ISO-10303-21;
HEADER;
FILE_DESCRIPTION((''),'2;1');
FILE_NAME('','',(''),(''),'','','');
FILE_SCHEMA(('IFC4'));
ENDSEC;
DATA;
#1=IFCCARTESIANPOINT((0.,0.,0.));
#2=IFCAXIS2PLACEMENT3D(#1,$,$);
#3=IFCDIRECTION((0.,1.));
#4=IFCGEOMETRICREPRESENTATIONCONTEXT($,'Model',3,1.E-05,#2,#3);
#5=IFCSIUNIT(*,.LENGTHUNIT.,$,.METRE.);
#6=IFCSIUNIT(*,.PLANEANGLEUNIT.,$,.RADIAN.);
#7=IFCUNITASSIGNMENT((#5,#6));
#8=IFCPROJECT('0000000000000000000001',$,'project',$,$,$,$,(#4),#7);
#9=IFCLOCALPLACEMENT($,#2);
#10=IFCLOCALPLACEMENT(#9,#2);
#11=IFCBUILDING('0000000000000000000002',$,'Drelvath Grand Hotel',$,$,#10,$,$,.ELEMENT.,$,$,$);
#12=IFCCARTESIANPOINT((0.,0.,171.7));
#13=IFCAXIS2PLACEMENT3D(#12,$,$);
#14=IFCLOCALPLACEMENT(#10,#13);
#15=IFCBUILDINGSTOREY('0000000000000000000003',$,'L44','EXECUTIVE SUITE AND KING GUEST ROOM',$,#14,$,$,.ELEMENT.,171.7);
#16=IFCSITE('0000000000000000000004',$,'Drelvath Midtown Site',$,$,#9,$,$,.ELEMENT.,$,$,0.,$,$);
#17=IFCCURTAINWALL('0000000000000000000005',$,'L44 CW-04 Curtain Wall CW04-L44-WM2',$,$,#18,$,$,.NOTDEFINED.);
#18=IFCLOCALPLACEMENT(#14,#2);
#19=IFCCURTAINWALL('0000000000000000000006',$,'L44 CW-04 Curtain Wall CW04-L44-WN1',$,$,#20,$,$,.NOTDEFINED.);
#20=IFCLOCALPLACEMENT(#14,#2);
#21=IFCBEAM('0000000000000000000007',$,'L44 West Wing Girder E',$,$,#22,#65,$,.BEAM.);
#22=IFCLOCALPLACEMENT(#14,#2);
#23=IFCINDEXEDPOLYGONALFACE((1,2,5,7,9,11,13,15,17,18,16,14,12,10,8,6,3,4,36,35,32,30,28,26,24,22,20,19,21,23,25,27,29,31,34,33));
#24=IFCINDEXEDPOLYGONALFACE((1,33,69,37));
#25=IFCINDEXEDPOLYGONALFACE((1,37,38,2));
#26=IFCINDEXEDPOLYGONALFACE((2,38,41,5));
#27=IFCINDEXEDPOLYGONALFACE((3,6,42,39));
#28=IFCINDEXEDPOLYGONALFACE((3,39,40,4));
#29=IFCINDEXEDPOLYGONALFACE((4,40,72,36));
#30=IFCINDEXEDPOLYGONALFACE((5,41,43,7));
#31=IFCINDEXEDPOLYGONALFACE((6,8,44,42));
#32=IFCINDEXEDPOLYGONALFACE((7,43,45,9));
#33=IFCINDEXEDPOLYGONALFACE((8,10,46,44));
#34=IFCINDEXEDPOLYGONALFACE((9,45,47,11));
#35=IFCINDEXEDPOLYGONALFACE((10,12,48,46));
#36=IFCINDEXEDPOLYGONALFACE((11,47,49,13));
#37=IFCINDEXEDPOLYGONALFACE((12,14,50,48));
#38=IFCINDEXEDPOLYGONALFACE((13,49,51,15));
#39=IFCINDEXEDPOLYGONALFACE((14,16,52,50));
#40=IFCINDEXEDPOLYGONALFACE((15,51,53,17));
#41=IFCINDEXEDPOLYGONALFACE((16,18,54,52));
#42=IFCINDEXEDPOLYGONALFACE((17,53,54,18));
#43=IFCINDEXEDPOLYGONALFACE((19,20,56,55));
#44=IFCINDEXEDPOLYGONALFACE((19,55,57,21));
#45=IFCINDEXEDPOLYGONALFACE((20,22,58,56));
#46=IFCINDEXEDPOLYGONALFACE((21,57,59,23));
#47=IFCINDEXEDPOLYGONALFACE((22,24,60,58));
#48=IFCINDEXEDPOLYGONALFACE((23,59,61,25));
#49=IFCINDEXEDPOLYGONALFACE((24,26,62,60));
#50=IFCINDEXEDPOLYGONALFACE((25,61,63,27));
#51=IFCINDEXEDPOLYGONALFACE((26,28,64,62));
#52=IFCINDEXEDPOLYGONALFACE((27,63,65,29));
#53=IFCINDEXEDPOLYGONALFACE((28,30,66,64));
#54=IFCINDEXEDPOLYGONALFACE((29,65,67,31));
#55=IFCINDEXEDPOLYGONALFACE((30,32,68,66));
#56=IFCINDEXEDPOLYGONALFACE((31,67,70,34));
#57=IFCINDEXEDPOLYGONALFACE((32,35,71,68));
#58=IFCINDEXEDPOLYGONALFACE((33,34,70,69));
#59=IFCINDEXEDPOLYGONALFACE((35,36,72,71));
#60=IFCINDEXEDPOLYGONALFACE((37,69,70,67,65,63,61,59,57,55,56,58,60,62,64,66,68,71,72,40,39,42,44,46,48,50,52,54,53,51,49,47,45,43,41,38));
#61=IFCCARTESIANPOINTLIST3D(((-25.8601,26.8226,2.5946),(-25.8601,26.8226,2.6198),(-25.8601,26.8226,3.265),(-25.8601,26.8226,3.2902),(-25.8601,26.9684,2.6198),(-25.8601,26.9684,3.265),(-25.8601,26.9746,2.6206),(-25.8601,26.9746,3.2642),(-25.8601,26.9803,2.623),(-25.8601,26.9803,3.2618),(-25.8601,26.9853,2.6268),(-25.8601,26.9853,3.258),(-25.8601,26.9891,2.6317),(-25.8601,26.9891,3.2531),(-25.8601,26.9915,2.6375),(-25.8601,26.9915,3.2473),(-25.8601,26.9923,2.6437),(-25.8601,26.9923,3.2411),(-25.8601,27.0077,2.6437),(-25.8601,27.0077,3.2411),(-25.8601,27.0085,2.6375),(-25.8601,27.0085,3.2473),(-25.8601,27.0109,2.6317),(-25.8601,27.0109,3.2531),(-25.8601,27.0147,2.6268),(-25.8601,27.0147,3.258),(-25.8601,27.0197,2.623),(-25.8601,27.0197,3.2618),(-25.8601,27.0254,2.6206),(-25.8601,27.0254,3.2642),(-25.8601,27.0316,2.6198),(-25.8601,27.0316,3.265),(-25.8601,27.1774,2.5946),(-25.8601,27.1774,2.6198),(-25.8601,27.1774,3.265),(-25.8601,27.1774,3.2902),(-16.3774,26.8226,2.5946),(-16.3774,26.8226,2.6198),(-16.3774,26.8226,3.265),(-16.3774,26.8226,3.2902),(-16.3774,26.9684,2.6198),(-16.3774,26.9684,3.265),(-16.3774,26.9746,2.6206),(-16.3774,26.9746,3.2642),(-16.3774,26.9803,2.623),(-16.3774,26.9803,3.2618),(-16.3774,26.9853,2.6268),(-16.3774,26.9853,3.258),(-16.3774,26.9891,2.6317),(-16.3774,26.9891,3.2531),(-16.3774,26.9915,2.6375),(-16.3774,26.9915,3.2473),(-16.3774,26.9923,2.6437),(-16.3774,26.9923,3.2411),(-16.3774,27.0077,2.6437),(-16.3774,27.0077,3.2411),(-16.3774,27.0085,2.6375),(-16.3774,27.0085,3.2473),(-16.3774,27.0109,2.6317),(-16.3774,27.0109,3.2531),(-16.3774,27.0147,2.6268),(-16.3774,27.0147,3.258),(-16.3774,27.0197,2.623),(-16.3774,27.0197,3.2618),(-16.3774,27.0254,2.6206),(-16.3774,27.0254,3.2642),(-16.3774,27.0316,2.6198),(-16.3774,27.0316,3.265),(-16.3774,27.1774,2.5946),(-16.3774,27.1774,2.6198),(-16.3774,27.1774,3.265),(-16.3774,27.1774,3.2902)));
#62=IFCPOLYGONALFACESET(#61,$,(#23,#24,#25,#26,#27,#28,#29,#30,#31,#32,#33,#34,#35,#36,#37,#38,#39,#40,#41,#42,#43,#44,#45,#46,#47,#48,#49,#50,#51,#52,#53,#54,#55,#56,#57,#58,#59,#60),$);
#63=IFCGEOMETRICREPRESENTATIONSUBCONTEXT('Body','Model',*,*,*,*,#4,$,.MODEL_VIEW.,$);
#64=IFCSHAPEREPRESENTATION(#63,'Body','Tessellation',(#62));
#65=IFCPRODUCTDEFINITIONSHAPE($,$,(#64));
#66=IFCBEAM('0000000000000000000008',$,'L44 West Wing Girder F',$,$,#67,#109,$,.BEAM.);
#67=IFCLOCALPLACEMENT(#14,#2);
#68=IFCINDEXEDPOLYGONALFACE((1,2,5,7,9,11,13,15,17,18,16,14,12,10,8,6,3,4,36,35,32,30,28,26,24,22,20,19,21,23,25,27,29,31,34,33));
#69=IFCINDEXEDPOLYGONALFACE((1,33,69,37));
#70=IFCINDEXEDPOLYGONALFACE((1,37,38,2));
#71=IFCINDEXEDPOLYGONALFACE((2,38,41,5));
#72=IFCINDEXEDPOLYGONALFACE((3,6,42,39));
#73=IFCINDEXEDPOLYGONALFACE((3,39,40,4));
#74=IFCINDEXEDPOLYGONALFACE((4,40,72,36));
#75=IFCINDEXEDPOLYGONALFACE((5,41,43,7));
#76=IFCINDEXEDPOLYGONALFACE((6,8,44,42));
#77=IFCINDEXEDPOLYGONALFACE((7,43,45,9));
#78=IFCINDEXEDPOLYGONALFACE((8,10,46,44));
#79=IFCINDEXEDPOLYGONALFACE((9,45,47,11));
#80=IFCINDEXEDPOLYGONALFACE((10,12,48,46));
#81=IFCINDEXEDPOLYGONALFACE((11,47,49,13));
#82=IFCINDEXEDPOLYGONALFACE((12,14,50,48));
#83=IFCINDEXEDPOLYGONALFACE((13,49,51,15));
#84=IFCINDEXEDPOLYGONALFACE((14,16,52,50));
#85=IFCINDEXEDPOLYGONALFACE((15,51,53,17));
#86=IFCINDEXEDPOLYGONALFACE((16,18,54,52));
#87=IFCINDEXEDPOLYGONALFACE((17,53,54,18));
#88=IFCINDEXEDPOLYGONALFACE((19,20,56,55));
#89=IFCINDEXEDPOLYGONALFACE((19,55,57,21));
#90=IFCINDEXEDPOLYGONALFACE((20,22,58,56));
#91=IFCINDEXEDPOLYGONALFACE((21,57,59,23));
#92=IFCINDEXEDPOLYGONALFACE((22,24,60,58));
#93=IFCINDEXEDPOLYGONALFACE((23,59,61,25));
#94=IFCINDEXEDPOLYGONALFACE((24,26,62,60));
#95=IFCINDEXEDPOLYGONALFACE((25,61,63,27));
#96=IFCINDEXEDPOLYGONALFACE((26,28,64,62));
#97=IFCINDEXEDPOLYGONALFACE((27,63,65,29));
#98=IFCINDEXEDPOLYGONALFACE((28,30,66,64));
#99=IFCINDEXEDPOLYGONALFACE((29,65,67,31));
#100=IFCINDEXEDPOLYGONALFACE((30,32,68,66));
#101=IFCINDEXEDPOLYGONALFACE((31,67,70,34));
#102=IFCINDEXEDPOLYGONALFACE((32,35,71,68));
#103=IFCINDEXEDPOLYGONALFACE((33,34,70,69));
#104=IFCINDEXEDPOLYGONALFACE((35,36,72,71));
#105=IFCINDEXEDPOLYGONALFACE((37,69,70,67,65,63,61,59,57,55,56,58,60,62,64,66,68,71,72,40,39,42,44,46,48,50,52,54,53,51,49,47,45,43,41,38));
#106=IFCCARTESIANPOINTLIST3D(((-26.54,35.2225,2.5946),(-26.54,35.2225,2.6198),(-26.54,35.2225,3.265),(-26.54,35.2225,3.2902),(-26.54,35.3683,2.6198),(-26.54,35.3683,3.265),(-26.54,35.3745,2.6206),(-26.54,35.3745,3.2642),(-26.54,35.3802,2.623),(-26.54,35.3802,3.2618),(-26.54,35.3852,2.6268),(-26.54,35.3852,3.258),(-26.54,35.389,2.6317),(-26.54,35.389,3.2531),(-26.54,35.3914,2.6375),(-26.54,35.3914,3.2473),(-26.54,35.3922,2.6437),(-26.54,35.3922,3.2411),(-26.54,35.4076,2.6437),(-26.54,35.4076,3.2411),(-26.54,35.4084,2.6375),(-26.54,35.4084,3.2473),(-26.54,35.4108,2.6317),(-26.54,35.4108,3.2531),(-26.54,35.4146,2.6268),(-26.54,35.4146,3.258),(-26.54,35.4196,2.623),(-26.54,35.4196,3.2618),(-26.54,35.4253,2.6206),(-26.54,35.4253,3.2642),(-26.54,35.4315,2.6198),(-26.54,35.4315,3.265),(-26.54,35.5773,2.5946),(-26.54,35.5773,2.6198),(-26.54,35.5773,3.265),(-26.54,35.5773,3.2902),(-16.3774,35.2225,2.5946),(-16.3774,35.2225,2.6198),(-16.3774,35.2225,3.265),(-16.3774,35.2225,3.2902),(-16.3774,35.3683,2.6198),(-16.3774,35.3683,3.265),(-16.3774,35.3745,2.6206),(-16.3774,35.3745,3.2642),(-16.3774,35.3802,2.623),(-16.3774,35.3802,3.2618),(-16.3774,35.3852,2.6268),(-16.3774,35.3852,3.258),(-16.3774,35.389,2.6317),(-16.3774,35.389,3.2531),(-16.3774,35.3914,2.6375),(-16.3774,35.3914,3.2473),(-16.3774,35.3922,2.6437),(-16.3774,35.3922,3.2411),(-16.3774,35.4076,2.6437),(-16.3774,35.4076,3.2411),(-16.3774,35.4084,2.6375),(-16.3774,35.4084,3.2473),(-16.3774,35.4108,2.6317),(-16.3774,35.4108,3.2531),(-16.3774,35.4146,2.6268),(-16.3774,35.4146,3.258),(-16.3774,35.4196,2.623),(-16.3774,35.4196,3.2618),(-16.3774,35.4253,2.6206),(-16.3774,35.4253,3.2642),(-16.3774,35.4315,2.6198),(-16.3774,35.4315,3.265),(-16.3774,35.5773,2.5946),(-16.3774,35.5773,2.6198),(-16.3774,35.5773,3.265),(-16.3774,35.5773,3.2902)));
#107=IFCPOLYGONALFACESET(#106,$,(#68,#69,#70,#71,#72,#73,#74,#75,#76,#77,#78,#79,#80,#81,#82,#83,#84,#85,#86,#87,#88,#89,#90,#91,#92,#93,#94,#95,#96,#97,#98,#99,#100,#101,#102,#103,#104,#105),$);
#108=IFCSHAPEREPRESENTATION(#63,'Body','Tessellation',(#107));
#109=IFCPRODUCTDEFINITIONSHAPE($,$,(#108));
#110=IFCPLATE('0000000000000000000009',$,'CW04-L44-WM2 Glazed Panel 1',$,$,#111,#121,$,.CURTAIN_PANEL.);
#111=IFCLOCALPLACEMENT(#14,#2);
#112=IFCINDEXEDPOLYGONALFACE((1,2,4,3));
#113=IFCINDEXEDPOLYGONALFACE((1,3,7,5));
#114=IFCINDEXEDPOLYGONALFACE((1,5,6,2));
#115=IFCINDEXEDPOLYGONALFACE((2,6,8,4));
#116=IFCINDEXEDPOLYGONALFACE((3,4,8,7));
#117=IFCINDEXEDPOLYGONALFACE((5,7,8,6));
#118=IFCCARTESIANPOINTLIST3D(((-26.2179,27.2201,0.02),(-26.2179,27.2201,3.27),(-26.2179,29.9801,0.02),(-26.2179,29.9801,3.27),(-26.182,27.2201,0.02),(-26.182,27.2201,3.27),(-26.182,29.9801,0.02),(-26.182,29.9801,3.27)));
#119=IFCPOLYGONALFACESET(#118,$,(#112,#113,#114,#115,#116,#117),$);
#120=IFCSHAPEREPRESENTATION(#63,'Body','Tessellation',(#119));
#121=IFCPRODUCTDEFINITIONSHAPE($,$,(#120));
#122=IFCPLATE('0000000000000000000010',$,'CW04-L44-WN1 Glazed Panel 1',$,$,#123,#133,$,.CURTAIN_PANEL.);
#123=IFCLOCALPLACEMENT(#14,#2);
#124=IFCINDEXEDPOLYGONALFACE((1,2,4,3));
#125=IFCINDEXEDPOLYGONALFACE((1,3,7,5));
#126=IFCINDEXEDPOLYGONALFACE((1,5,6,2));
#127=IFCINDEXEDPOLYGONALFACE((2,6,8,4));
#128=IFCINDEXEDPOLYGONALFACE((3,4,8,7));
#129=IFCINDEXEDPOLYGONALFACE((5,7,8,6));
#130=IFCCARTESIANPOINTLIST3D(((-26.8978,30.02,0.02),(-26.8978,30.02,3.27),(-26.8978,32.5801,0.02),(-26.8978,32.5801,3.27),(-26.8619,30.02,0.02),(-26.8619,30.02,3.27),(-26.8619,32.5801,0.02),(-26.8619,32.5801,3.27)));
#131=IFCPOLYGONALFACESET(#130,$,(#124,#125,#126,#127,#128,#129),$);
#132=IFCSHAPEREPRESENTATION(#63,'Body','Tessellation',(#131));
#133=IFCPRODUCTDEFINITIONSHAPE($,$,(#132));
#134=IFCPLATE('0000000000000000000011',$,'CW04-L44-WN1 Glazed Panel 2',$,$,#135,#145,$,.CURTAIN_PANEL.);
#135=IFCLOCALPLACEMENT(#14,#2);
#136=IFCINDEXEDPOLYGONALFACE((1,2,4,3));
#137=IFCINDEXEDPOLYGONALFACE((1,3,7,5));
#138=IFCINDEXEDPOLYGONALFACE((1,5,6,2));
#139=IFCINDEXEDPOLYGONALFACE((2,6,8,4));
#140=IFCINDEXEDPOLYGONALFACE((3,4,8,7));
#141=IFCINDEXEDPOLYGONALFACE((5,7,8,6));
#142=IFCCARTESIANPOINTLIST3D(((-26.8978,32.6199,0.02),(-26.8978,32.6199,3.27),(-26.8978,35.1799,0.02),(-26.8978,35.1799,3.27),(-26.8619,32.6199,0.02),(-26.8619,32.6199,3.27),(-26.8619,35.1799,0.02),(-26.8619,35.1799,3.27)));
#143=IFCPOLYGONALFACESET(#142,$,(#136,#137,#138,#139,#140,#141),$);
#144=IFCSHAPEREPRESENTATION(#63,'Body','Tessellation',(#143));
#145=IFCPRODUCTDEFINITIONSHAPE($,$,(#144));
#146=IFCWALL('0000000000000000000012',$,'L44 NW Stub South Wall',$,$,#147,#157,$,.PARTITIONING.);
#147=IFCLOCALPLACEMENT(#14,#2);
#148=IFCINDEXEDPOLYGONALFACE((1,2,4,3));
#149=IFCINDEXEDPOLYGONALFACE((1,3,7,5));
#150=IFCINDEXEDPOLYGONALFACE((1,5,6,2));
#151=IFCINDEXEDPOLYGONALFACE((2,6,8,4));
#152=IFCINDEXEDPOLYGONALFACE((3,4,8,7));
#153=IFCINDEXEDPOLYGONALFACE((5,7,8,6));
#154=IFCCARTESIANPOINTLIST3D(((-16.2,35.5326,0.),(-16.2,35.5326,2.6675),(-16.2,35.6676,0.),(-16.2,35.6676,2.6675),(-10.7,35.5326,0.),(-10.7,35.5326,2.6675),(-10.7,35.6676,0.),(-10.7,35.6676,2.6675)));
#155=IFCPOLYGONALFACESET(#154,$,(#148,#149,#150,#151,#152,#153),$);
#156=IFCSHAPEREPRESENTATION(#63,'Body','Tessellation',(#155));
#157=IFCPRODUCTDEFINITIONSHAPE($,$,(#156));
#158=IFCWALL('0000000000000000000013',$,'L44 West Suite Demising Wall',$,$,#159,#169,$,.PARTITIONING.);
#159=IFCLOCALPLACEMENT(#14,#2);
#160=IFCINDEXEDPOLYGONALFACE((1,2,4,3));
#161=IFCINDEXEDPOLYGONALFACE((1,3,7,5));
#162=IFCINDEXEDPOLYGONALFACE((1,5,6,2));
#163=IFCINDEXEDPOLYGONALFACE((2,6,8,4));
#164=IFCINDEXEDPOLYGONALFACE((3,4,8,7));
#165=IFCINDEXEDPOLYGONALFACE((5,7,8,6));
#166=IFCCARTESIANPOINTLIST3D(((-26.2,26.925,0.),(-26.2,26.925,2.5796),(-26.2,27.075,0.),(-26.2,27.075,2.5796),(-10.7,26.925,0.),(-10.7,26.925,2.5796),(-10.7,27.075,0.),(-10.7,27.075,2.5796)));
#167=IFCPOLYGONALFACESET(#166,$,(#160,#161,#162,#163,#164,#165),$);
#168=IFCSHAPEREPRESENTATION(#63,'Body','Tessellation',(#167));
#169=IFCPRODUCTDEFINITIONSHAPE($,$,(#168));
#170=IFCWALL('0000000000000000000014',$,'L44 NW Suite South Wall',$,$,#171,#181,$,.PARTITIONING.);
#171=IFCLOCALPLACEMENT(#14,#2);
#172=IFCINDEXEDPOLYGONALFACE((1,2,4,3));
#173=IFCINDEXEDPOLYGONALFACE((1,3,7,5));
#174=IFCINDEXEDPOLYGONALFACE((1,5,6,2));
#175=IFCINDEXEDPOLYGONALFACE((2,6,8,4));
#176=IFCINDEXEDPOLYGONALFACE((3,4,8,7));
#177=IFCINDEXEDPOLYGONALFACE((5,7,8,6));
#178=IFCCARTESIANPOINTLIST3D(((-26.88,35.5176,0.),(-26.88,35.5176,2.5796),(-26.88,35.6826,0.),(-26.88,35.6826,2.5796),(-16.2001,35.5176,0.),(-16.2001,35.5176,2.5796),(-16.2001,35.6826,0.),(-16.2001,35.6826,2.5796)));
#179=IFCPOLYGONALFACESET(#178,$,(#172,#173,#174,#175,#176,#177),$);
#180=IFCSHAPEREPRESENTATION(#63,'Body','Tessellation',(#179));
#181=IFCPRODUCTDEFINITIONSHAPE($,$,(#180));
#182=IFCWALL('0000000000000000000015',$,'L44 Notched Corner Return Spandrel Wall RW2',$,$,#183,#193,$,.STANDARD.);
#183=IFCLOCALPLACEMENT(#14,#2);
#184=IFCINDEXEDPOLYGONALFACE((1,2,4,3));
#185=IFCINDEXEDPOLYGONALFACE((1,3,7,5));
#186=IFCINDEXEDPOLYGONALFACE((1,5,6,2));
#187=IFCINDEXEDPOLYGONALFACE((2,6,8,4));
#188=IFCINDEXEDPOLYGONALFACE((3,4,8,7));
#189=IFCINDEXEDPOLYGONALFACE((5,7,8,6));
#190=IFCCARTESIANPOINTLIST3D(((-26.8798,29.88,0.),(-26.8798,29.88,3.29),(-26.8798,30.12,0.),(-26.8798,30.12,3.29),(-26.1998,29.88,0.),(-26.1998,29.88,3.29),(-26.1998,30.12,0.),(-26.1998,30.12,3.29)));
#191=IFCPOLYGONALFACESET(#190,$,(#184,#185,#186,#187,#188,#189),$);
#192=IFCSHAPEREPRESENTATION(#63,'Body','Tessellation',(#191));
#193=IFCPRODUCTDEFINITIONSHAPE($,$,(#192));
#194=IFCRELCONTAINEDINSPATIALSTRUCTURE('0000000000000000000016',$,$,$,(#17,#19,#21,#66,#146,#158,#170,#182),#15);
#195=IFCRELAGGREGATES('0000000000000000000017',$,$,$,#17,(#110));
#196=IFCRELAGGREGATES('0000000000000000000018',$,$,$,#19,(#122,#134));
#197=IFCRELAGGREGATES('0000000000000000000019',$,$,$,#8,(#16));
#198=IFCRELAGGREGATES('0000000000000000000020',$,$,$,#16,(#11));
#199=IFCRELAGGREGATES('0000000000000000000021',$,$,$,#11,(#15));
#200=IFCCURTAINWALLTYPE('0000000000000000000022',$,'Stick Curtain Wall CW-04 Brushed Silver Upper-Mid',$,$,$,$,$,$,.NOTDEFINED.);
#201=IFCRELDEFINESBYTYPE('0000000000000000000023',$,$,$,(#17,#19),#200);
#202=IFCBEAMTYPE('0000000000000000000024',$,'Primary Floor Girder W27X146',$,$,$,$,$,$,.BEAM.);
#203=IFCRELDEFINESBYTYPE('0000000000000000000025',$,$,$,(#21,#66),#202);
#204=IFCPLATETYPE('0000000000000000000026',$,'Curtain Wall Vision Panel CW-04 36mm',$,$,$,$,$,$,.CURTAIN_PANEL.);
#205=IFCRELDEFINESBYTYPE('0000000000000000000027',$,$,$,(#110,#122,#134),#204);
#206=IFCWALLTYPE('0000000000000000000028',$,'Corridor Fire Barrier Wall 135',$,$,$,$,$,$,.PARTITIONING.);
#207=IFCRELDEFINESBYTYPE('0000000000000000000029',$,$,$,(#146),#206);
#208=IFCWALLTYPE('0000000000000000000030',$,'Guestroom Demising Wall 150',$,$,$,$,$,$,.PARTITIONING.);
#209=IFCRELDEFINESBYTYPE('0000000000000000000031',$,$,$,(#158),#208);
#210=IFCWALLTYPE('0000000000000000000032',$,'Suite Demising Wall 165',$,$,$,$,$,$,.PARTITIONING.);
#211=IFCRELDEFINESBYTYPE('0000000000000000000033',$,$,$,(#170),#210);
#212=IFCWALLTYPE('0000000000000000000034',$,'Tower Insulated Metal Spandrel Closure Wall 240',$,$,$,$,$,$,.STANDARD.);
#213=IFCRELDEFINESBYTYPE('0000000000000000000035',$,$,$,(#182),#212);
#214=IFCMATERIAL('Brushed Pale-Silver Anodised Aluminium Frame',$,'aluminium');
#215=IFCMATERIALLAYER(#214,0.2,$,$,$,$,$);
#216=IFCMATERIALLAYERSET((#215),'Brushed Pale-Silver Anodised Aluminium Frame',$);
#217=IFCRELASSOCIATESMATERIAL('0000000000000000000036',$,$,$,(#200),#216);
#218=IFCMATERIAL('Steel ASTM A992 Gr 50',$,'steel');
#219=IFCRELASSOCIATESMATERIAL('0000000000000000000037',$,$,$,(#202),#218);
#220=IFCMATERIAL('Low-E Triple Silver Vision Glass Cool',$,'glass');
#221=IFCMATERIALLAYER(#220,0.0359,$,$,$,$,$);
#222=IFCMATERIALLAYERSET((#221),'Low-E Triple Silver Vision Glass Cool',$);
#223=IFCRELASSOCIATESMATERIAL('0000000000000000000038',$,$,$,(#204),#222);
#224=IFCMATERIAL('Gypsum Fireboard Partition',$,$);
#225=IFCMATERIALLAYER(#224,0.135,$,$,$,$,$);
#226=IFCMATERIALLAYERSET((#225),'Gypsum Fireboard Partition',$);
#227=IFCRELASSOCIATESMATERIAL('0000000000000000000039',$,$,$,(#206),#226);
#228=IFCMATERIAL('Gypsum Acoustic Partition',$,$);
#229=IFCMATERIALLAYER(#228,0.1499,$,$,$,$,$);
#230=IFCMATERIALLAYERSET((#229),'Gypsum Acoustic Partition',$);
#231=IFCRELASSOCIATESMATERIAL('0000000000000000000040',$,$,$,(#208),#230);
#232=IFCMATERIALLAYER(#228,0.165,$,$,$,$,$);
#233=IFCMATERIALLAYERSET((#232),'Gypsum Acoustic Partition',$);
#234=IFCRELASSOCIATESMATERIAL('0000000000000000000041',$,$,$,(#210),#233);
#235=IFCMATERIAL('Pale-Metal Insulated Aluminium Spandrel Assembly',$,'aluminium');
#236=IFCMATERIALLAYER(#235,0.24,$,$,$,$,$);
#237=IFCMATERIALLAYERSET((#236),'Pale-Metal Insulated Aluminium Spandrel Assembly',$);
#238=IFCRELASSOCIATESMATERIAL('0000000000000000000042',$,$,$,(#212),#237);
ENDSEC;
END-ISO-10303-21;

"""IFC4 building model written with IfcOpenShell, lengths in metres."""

from ifc_helpers import new_model, si_unit, direction, frame, frame_2d, origin, origin_2d, place, context, subcontext, project, spatial, rectangle, i_section, extrude, material, layer, layer_set, material_profile, profile_set, type_object, element, aggregate, save


model = new_model("IFC4")

# Units and contexts
model_context = context("Model", 3, precision=1e-05, world=origin(), true_north=direction((0.0, 1.0)))
body_context = subcontext(model_context, "Body", "Model", "MODEL_VIEW")
ifc_project = project(units=[si_unit("LENGTHUNIT", "METRE"), si_unit("PLANEANGLEUNIT", "RADIAN")], contexts=[model_context])

# Site, building, storey
site_placement = place(None, origin())
site = spatial("IfcSite", under=ifc_project, at=site_placement, Name="Drelvath Midtown Site", CompositionType="ELEMENT", RefElevation=0.0)
building_placement = place(site_placement, origin())
building = spatial("IfcBuilding", under=site, at=building_placement, Name="Drelvath Grand Hotel", CompositionType="ELEMENT")
storey_placement = place(building_placement, frame((0.0, 0.0, 171.7)))
storey = spatial("IfcBuildingStorey", under=building, at=storey_placement, Name="L44", Description="EXECUTIVE SUITE AND KING GUEST ROOM", CompositionType="ELEMENT", Elevation=171.7)

# Curtain walls
ifc_material_1 = material(Name="Brushed Pale-Silver Anodised Aluminium Frame", Category="aluminium")
ifc_layer_1 = layer(ifc_material_1, 0.2)
ifc_layer_set_1 = layer_set([ifc_layer_1], Name="Brushed Pale-Silver Anodised Aluminium Frame")
curtain_wall_type = type_object("IfcCurtainWallType", Name="Stick Curtain Wall CW-04 Brushed Silver Upper-Mid", PredefinedType="NOTDEFINED", material=ifc_layer_set_1)
curtain_wall_1_placement = place(storey_placement, origin())
curtain_wall_1 = element("IfcCurtainWall", 1, at=curtain_wall_1_placement, inside=storey, type_object=curtain_wall_type, Name="L44 CW-04 Curtain Wall CW04-L44-WM2", PredefinedType="NOTDEFINED")
curtain_wall_2_placement = place(storey_placement, origin())
curtain_wall_2 = element("IfcCurtainWall", 2, at=curtain_wall_2_placement, inside=storey, type_object=curtain_wall_type, Name="L44 CW-04 Curtain Wall CW04-L44-WN1", PredefinedType="NOTDEFINED")

# Beams
ifc_material_2 = material(Name="Steel ASTM A992 Gr 50", Category="steel")
ifc_material_profile_1 = material_profile(ifc_material_2, i_section(OverallWidth=0.3547, OverallDepth=0.6956, WebThickness=0.0154, FlangeThickness=0.0251, FilletRadius=0.0239, at=origin_2d()), Name="W27X146")
ifc_profile_set_1 = profile_set([ifc_material_profile_1], Name="Steel ASTM A992 Gr 50")
beam_type_1 = type_object("IfcBeamType", Name="Primary Floor Girder W27X146", PredefinedType="BEAM", material=ifc_profile_set_1)
beam_1_placement = place(storey_placement, frame((-25.8601, 27.0, 2.9424), z_axis=(1.0, 0.0, 0.0), x_axis=(0.0, 1.0, 0.0)))
element("IfcBeam", 3, at=beam_1_placement, inside=storey, type_object=beam_type_1, Name="L44 West Wing Girder E", PredefinedType="BEAM", context=body_context, shape_type="SweptSolid", body=[
    extrude(i_section(OverallWidth=0.3547, OverallDepth=0.6956, WebThickness=0.0154, FlangeThickness=0.0251, FilletRadius=0.0239, at=origin_2d()), origin(), (0.0, 0.0, 1.0), 9.4827),
])
beam_2_placement = place(storey_placement, frame((-26.54, 35.3999, 2.9424), z_axis=(1.0, 0.0, 0.0), x_axis=(0.0, 1.0, 0.0)))
element("IfcBeam", 4, at=beam_2_placement, inside=storey, type_object=beam_type_1, Name="L44 West Wing Girder F", PredefinedType="BEAM", context=body_context, shape_type="SweptSolid", body=[
    extrude(i_section(OverallWidth=0.3547, OverallDepth=0.6956, WebThickness=0.0154, FlangeThickness=0.0251, FilletRadius=0.0239, at=origin_2d()), origin(), (0.0, 0.0, 1.0), 10.1626),
])

# Plates
ifc_material_3 = material(Name="Low-E Triple Silver Vision Glass Cool", Category="glass")
ifc_layer_2 = layer(ifc_material_3, 0.0359)
ifc_layer_set_2 = layer_set([ifc_layer_2], Name="Low-E Triple Silver Vision Glass Cool")
plate_type = type_object("IfcPlateType", Name="Curtain Wall Vision Panel CW-04 36mm", PredefinedType="CURTAIN_PANEL", material=ifc_layer_set_2)
plate_1_placement = place(storey_placement, frame((-26.2, 28.6001, 0.02), z_axis=(0.0, 0.0, 1.0), x_axis=(0.0, 1.0, 0.0)))
plate_1 = element("IfcPlate", 5, at=plate_1_placement, type_object=plate_type, Name="CW04-L44-WM2 Glazed Panel 1", PredefinedType="CURTAIN_PANEL", context=body_context, shape_type="SweptSolid", body=[
    extrude(rectangle(XDim=2.76, YDim=0.0359, at=origin_2d()), origin(), (0.0, 0.0, 1.0), 3.25),
])
aggregate(curtain_wall_1, [plate_1])
plate_2_placement = place(storey_placement, frame((-26.8799, 31.3, 0.02), z_axis=(0.0, 0.0, 1.0), x_axis=(0.0, 1.0, 0.0)))
plate_2 = element("IfcPlate", 6, at=plate_2_placement, type_object=plate_type, Name="CW04-L44-WN1 Glazed Panel 1", PredefinedType="CURTAIN_PANEL", context=body_context, shape_type="SweptSolid", body=[
    extrude(rectangle(XDim=2.5601, YDim=0.0359, at=origin_2d()), origin(), (0.0, 0.0, 1.0), 3.25),
])
plate_3_placement = place(storey_placement, frame((-26.8799, 33.8999, 0.02), z_axis=(0.0, 0.0, 1.0), x_axis=(0.0, 1.0, 0.0)))
plate_3 = element("IfcPlate", 7, at=plate_3_placement, type_object=plate_type, Name="CW04-L44-WN1 Glazed Panel 2", PredefinedType="CURTAIN_PANEL", context=body_context, shape_type="SweptSolid", body=[
    extrude(rectangle(XDim=2.5601, YDim=0.0359, at=origin_2d()), origin(), (0.0, 0.0, 1.0), 3.25),
])
aggregate(curtain_wall_2, [plate_2, plate_3])

# Wall
ifc_material_4 = material(Name="Gypsum Fireboard Partition")
ifc_layer_3 = layer(ifc_material_4, 0.135)
ifc_layer_set_3 = layer_set([ifc_layer_3], Name="Gypsum Fireboard Partition")
wall_type_1 = type_object("IfcWallType", Name="Corridor Fire Barrier Wall 135", PredefinedType="PARTITIONING", material=ifc_layer_set_3)
wall_1_placement = place(storey_placement, frame((-16.2, 35.6001, 0.0), z_axis=(0.0, 0.0, 1.0), x_axis=(1.0, 0.0, 0.0)))
element("IfcWall", 8, at=wall_1_placement, inside=storey, type_object=wall_type_1, Name="L44 NW Stub South Wall", PredefinedType="PARTITIONING", context=body_context, shape_type="SweptSolid", body=[
    extrude(rectangle(XDim=5.5, YDim=0.135, at=frame_2d((2.75, 0.0))), origin(), (0.0, 0.0, 1.0), 2.6675),
])

# Walls
ifc_material_5 = material(Name="Gypsum Acoustic Partition")
ifc_layer_4 = layer(ifc_material_5, 0.1499)
ifc_layer_set_4 = layer_set([ifc_layer_4], Name="Gypsum Acoustic Partition")
wall_type_2 = type_object("IfcWallType", Name="Guestroom Demising Wall 150", PredefinedType="PARTITIONING", material=ifc_layer_set_4)
wall_2_placement = place(storey_placement, frame((-26.2, 27.0, 0.0), z_axis=(0.0, 0.0, 1.0), x_axis=(1.0, 0.0, 0.0)))
element("IfcWall", 9, at=wall_2_placement, inside=storey, type_object=wall_type_2, Name="L44 West Suite Demising Wall", PredefinedType="PARTITIONING", context=body_context, shape_type="SweptSolid", body=[
    extrude(rectangle(XDim=15.5, YDim=0.1499, at=frame_2d((7.75, 0.0))), origin(), (0.0, 0.0, 1.0), 2.5796),
])
ifc_layer_5 = layer(ifc_material_5, 0.165)
ifc_layer_set_5 = layer_set([ifc_layer_5], Name="Gypsum Acoustic Partition")
wall_type_3 = type_object("IfcWallType", Name="Suite Demising Wall 165", PredefinedType="PARTITIONING", material=ifc_layer_set_5)
wall_3_placement = place(storey_placement, frame((-26.8799, 35.6001, 0.0), z_axis=(0.0, 0.0, 1.0), x_axis=(1.0, 0.0, 0.0)))
element("IfcWall", 10, at=wall_3_placement, inside=storey, type_object=wall_type_3, Name="L44 NW Suite South Wall", PredefinedType="PARTITIONING", context=body_context, shape_type="SweptSolid", body=[
    extrude(rectangle(XDim=10.6799, YDim=0.165, at=frame_2d((5.3398, 0.0))), origin(), (0.0, 0.0, 1.0), 2.5796),
])
ifc_material_6 = material(Name="Pale-Metal Insulated Aluminium Spandrel Assembly", Category="aluminium")
ifc_layer_6 = layer(ifc_material_6, 0.24)
ifc_layer_set_6 = layer_set([ifc_layer_6], Name="Pale-Metal Insulated Aluminium Spandrel Assembly")
wall_type_4 = type_object("IfcWallType", Name="Tower Insulated Metal Spandrel Closure Wall 240", PredefinedType="STANDARD", material=ifc_layer_set_6)
wall_4_placement = place(storey_placement, frame((-26.2, 30.0, 0.0), z_axis=(0.0, 0.0, 1.0), x_axis=(-1.0, 0.0, 0.0)))
element("IfcWall", 11, at=wall_4_placement, inside=storey, type_object=wall_type_4, Name="L44 Notched Corner Return Spandrel Wall RW2", PredefinedType="STANDARD", context=body_context, shape_type="SweptSolid", body=[
    extrude(rectangle(XDim=0.6799, YDim=0.24, at=frame_2d((0.3398, 0.0))), origin(), (0.0, 0.0, 1.0), 3.29),
])

save(model, "model.ifc")
